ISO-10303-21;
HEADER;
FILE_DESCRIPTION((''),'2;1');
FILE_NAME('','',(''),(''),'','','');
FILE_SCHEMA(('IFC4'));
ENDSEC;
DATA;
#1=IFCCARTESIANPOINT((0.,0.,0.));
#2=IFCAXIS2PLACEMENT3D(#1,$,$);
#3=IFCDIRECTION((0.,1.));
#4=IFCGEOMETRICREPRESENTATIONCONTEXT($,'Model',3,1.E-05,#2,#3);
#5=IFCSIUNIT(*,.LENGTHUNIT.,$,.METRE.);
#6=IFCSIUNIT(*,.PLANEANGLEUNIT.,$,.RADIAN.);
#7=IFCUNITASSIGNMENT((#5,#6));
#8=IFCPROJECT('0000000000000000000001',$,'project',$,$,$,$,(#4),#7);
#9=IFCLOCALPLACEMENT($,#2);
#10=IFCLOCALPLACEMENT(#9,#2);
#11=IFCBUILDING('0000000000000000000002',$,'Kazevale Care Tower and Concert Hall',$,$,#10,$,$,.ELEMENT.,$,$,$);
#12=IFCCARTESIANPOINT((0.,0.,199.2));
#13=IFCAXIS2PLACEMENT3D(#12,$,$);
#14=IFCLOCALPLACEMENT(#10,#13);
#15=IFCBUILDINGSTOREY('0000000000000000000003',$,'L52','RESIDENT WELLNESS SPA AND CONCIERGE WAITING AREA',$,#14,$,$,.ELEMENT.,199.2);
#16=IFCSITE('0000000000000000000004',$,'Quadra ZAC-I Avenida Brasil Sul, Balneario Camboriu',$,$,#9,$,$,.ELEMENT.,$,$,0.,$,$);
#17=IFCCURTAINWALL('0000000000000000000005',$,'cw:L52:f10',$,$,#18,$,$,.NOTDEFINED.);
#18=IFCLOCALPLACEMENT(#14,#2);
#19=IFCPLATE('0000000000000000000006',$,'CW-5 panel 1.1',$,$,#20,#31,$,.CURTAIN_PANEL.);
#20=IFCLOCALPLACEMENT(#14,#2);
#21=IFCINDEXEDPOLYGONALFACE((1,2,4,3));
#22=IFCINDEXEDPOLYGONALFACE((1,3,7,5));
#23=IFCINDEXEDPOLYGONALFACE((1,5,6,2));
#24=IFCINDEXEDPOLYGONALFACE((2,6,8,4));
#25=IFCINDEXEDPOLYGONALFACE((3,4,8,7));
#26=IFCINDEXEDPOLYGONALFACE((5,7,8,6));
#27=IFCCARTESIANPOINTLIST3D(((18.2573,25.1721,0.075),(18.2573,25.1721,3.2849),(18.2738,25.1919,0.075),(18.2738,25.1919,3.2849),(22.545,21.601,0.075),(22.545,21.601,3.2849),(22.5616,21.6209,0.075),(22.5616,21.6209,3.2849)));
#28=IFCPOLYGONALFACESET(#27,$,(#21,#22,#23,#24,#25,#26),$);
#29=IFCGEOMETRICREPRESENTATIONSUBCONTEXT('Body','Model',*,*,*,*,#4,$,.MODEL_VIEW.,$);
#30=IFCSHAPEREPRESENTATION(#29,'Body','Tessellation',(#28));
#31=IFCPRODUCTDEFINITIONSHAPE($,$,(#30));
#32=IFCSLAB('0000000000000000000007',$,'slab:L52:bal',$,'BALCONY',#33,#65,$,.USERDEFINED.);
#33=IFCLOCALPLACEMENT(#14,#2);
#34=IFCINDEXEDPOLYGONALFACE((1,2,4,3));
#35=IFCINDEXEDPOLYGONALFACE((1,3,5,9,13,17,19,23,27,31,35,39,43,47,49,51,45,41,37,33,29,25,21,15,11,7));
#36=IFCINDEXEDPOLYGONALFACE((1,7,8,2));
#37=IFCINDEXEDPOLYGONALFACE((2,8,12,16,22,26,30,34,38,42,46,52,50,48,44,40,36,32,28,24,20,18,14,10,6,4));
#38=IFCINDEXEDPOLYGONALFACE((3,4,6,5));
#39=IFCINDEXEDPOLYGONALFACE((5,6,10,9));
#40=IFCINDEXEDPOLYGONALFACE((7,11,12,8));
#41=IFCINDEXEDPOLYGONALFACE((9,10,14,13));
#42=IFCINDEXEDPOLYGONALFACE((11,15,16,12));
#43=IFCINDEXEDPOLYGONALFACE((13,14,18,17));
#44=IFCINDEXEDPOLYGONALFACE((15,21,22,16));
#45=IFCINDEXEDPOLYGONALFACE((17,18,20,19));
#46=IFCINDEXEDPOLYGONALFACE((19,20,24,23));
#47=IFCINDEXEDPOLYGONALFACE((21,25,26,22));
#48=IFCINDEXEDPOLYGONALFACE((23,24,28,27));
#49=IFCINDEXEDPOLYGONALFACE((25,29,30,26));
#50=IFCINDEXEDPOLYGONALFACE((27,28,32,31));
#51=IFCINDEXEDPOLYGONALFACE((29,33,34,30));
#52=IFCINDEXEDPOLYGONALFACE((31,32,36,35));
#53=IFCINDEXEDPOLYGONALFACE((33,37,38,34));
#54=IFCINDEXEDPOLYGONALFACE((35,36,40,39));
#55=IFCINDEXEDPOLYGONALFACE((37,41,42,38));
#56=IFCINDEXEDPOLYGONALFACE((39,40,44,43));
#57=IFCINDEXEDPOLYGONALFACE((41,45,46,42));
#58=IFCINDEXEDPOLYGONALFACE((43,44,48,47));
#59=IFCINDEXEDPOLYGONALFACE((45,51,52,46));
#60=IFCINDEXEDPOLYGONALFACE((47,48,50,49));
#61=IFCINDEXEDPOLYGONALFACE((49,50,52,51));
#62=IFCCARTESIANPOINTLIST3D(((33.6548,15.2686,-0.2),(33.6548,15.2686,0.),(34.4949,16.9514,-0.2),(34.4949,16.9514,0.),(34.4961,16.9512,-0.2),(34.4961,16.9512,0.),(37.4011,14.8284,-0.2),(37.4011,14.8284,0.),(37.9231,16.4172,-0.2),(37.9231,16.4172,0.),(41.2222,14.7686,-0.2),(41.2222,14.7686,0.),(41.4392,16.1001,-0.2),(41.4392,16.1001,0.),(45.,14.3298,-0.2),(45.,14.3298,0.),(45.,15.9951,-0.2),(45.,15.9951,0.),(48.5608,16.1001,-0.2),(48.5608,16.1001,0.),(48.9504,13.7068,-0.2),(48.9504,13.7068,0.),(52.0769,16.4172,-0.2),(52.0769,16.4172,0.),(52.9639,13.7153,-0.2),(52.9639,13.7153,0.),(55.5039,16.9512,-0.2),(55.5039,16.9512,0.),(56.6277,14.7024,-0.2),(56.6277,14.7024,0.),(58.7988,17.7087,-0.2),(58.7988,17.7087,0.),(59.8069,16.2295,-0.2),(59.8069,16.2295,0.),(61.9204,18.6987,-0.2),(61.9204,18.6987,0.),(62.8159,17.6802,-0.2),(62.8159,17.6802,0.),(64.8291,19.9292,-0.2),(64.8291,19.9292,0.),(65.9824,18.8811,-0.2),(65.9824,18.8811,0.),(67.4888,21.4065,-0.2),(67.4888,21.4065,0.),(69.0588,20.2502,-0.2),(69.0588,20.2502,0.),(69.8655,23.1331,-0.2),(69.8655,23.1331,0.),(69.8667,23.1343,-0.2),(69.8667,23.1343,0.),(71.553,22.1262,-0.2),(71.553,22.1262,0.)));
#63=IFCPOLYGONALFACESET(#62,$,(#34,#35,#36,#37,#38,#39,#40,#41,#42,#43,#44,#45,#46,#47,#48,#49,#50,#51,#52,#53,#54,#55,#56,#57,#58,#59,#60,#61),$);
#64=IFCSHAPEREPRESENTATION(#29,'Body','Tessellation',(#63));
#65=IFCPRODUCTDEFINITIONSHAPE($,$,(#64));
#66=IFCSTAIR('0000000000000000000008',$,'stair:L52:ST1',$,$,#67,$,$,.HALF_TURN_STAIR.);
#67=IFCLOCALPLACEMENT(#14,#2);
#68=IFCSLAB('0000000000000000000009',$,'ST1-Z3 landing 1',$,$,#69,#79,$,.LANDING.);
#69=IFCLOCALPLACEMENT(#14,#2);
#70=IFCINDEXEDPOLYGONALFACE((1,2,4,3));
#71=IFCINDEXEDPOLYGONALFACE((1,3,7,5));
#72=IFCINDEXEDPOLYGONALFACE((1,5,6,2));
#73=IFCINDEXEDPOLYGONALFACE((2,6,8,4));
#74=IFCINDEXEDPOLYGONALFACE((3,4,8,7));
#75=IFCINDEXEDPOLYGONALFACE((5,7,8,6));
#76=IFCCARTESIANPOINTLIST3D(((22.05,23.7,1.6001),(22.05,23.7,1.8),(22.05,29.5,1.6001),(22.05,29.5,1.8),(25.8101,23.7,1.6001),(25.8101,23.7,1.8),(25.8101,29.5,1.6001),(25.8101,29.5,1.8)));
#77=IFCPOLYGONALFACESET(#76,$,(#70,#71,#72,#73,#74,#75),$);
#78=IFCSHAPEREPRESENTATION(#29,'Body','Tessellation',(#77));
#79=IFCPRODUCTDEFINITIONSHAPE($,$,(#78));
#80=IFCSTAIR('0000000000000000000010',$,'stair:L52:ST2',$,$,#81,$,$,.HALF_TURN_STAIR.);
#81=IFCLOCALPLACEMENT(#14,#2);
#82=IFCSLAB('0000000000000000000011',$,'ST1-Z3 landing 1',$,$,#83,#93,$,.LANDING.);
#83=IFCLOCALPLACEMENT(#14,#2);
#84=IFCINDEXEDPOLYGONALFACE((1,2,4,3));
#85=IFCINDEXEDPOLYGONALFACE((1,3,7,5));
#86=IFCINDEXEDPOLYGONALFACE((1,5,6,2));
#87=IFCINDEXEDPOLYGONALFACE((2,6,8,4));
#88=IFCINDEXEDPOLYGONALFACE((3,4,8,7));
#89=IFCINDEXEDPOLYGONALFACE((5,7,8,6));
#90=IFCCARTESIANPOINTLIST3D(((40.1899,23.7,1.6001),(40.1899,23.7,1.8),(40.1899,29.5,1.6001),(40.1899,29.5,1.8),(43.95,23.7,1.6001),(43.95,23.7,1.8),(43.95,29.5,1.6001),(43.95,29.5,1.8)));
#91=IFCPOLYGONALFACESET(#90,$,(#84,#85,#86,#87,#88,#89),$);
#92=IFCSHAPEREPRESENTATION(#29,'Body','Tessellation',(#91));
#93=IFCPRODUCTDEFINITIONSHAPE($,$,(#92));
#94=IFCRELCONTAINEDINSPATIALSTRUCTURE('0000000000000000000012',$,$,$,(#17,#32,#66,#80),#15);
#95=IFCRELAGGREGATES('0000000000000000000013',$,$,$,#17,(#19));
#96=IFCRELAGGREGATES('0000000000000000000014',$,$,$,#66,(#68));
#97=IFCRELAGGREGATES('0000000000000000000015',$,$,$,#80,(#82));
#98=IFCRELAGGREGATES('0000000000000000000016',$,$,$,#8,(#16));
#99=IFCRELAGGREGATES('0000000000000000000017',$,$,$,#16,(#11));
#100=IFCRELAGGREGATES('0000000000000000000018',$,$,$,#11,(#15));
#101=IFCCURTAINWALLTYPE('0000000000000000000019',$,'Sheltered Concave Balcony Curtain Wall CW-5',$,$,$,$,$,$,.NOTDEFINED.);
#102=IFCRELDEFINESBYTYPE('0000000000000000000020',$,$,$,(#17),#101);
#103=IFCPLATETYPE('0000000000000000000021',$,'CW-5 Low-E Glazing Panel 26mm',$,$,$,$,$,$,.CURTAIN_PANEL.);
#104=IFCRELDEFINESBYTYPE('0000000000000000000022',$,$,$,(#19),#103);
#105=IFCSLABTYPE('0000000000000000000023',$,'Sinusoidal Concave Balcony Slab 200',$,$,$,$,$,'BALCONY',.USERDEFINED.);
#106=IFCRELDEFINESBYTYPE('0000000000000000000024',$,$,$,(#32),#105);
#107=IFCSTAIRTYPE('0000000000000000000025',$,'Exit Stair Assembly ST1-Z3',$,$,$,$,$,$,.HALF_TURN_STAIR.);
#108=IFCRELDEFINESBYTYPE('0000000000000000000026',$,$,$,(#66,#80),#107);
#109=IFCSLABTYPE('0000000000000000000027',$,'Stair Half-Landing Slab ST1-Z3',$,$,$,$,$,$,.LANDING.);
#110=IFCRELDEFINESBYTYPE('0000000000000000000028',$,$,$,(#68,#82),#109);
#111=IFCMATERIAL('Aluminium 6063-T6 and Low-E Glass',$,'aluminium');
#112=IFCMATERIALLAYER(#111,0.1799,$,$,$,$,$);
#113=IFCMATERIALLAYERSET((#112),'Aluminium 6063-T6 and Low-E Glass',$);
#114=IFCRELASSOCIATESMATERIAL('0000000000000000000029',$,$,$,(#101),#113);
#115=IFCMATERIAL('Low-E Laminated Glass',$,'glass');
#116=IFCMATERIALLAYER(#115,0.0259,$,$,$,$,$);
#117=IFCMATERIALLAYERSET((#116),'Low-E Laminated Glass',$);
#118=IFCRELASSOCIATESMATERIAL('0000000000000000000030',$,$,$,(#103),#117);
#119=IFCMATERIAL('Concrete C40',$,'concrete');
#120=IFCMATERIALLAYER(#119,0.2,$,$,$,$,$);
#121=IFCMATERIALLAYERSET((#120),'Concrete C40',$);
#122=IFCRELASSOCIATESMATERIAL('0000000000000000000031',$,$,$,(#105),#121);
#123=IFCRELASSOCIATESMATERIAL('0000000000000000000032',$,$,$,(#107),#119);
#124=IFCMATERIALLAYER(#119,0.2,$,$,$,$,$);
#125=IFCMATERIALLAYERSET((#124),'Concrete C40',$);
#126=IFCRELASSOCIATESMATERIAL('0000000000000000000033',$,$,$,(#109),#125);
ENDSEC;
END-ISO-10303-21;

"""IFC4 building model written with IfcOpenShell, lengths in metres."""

from ifc_helpers import new_model, si_unit, direction, frame, origin, origin_2d, place, context, subcontext, project, spatial, polyline, rectangle, outline, extrude, material, layer, layer_set, type_object, element, aggregate, save


model = new_model("IFC4")

# Units and contexts
model_context = context("Model", 3, precision=1e-05, world=origin(), true_north=direction((0.0, 1.0)))
body_context = subcontext(model_context, "Body", "Model", "MODEL_VIEW")
ifc_project = project(units=[si_unit("LENGTHUNIT", "METRE"), si_unit("PLANEANGLEUNIT", "RADIAN")], contexts=[model_context])

# Site, building, storey
site_placement = place(None, origin())
site = spatial("IfcSite", under=ifc_project, at=site_placement, Name="Quadra ZAC-I Avenida Brasil Sul, Balneario Camboriu", CompositionType="ELEMENT", RefElevation=0.0)
building_placement = place(site_placement, origin())
building = spatial("IfcBuilding", under=site, at=building_placement, Name="Kazevale Care Tower and Concert Hall", CompositionType="ELEMENT")
storey_placement = place(building_placement, frame((0.0, 0.0, 199.2)))
storey = spatial("IfcBuildingStorey", under=building, at=storey_placement, Name="L52", Description="RESIDENT WELLNESS SPA AND CONCIERGE WAITING AREA", CompositionType="ELEMENT", Elevation=199.2)

# Shared definitions
ifc_material_1 = material(Name="Aluminium 6063-T6 and Low-E Glass", Category="aluminium")

# Shared definitions
ifc_layer_1 = layer(ifc_material_1, 0.1799)
ifc_layer_set_1 = layer_set([ifc_layer_1], Name="Aluminium 6063-T6 and Low-E Glass")
curtain_wall_type_1 = type_object("IfcCurtainWallType", Name="Sheltered Concave Balcony Curtain Wall CW-5", PredefinedType="NOTDEFINED", material=ifc_layer_set_1)

# Curtain wall
curtain_wall_1_placement = place(storey_placement, origin())
curtain_wall_1 = element("IfcCurtainWall", 1, at=curtain_wall_1_placement, inside=storey, type_object=curtain_wall_type_1, Name="cw:L52:f10", PredefinedType="NOTDEFINED")

# Plate
ifc_material_2 = material(Name="Low-E Laminated Glass", Category="glass")
ifc_layer_2 = layer(ifc_material_2, 0.0259)
ifc_layer_set_2 = layer_set([ifc_layer_2], Name="Low-E Laminated Glass")
plate_type_1 = type_object("IfcPlateType", Name="CW-5 Low-E Glazing Panel 26mm", PredefinedType="CURTAIN_PANEL", material=ifc_layer_set_2)
plate_1_placement = place(storey_placement, frame((20.4094, 23.3965, 0.075), z_axis=(0.0, 0.0, 1.0), x_axis=(-0.768407, 0.639961, 0.0)))
plate_1 = element("IfcPlate", 2, at=plate_1_placement, type_object=plate_type_1, Name="CW-5 panel 1.1", PredefinedType="CURTAIN_PANEL", context=body_context, shape_type="SweptSolid", body=[
    extrude(rectangle(XDim=5.5801, YDim=0.0259, at=origin_2d()), origin(), (0.0, 0.0, 1.0), 3.21),
])
aggregate(curtain_wall_1, [plate_1])

# Slab
ifc_material_3 = material(Name="Concrete C40", Category="concrete")
ifc_layer_3 = layer(ifc_material_3, 0.2)
ifc_layer_set_3 = layer_set([ifc_layer_3], Name="Concrete C40")
slab_type_1 = type_object("IfcSlabType", Name="Sinusoidal Concave Balcony Slab 200", ElementType="BALCONY", PredefinedType="USERDEFINED", material=ifc_layer_set_3)
slab_1_placement = place(storey_placement, frame((0.0, 0.0, -0.2)))
element("IfcSlab", 3, at=slab_1_placement, inside=storey, type_object=slab_type_1, Name="slab:L52:bal", ObjectType="BALCONY", PredefinedType="USERDEFINED", context=body_context, shape_type="SweptSolid", body=[
    extrude(outline(polyline([(71.553, 22.1262), (69.0588, 20.2502), (65.9824, 18.8811), (62.8159, 17.6802), (59.8069, 16.2295), (56.6277, 14.7024), (52.9639, 13.7153), (48.9504, 13.7068), (45.0, 14.3298), (41.2222, 14.7686), (37.4011, 14.8284), (33.6548, 15.2686), (34.4949, 16.9514), (34.4961, 16.9512), (37.9231, 16.4172), (41.4392, 16.1001), (45.0, 15.9951), (48.5608, 16.1001), (52.0769, 16.4172), (55.5039, 16.9512), (58.7988, 17.7087), (61.9204, 18.6987), (64.8291, 19.9292), (67.4888, 21.4065), (69.8655, 23.1331), (69.8667, 23.1343), (71.553, 22.1262)])), origin(), (0.0, 0.0, 1.0), 0.2),
])

# Stairs, slabs
stair_type = type_object("IfcStairType", Name="Exit Stair Assembly ST1-Z3", PredefinedType="HALF_TURN_STAIR", material=ifc_material_3)
stair_1_placement = place(storey_placement, origin())
stair_1 = element("IfcStair", 4, at=stair_1_placement, inside=storey, type_object=stair_type, Name="stair:L52:ST1", PredefinedType="HALF_TURN_STAIR")
ifc_layer_4 = layer(ifc_material_3, 0.2)
ifc_layer_set_4 = layer_set([ifc_layer_4], Name="Concrete C40")
slab_type_2 = type_object("IfcSlabType", Name="Stair Half-Landing Slab ST1-Z3", PredefinedType="LANDING", material=ifc_layer_set_4)
slab_2_placement = place(storey_placement, frame((0.0, 0.0, 1.6001)))
slab_2 = element("IfcSlab", 5, at=slab_2_placement, type_object=slab_type_2, Name="ST1-Z3 landing 1", PredefinedType="LANDING", context=body_context, shape_type="SweptSolid", body=[
    extrude(outline(polyline([(22.05, 23.7), (25.8101, 23.7), (25.8101, 29.5), (22.05, 29.5), (22.05, 23.7)])), origin(), (0.0, 0.0, 1.0), 0.2),
])
aggregate(stair_1, [slab_2])
stair_2_placement = place(storey_placement, origin())
stair_2 = element("IfcStair", 6, at=stair_2_placement, inside=storey, type_object=stair_type, Name="stair:L52:ST2", PredefinedType="HALF_TURN_STAIR")
slab_3_placement = place(storey_placement, frame((0.0, 0.0, 1.6001)))
slab_3 = element("IfcSlab", 7, at=slab_3_placement, type_object=slab_type_2, Name="ST1-Z3 landing 1", PredefinedType="LANDING", context=body_context, shape_type="SweptSolid", body=[
    extrude(outline(polyline([(40.1899, 23.7), (43.95, 23.7), (43.95, 29.5), (40.1899, 29.5), (40.1899, 23.7)])), origin(), (0.0, 0.0, 1.0), 0.2),
])
aggregate(stair_2, [slab_3])

save(model, "model.ifc")
